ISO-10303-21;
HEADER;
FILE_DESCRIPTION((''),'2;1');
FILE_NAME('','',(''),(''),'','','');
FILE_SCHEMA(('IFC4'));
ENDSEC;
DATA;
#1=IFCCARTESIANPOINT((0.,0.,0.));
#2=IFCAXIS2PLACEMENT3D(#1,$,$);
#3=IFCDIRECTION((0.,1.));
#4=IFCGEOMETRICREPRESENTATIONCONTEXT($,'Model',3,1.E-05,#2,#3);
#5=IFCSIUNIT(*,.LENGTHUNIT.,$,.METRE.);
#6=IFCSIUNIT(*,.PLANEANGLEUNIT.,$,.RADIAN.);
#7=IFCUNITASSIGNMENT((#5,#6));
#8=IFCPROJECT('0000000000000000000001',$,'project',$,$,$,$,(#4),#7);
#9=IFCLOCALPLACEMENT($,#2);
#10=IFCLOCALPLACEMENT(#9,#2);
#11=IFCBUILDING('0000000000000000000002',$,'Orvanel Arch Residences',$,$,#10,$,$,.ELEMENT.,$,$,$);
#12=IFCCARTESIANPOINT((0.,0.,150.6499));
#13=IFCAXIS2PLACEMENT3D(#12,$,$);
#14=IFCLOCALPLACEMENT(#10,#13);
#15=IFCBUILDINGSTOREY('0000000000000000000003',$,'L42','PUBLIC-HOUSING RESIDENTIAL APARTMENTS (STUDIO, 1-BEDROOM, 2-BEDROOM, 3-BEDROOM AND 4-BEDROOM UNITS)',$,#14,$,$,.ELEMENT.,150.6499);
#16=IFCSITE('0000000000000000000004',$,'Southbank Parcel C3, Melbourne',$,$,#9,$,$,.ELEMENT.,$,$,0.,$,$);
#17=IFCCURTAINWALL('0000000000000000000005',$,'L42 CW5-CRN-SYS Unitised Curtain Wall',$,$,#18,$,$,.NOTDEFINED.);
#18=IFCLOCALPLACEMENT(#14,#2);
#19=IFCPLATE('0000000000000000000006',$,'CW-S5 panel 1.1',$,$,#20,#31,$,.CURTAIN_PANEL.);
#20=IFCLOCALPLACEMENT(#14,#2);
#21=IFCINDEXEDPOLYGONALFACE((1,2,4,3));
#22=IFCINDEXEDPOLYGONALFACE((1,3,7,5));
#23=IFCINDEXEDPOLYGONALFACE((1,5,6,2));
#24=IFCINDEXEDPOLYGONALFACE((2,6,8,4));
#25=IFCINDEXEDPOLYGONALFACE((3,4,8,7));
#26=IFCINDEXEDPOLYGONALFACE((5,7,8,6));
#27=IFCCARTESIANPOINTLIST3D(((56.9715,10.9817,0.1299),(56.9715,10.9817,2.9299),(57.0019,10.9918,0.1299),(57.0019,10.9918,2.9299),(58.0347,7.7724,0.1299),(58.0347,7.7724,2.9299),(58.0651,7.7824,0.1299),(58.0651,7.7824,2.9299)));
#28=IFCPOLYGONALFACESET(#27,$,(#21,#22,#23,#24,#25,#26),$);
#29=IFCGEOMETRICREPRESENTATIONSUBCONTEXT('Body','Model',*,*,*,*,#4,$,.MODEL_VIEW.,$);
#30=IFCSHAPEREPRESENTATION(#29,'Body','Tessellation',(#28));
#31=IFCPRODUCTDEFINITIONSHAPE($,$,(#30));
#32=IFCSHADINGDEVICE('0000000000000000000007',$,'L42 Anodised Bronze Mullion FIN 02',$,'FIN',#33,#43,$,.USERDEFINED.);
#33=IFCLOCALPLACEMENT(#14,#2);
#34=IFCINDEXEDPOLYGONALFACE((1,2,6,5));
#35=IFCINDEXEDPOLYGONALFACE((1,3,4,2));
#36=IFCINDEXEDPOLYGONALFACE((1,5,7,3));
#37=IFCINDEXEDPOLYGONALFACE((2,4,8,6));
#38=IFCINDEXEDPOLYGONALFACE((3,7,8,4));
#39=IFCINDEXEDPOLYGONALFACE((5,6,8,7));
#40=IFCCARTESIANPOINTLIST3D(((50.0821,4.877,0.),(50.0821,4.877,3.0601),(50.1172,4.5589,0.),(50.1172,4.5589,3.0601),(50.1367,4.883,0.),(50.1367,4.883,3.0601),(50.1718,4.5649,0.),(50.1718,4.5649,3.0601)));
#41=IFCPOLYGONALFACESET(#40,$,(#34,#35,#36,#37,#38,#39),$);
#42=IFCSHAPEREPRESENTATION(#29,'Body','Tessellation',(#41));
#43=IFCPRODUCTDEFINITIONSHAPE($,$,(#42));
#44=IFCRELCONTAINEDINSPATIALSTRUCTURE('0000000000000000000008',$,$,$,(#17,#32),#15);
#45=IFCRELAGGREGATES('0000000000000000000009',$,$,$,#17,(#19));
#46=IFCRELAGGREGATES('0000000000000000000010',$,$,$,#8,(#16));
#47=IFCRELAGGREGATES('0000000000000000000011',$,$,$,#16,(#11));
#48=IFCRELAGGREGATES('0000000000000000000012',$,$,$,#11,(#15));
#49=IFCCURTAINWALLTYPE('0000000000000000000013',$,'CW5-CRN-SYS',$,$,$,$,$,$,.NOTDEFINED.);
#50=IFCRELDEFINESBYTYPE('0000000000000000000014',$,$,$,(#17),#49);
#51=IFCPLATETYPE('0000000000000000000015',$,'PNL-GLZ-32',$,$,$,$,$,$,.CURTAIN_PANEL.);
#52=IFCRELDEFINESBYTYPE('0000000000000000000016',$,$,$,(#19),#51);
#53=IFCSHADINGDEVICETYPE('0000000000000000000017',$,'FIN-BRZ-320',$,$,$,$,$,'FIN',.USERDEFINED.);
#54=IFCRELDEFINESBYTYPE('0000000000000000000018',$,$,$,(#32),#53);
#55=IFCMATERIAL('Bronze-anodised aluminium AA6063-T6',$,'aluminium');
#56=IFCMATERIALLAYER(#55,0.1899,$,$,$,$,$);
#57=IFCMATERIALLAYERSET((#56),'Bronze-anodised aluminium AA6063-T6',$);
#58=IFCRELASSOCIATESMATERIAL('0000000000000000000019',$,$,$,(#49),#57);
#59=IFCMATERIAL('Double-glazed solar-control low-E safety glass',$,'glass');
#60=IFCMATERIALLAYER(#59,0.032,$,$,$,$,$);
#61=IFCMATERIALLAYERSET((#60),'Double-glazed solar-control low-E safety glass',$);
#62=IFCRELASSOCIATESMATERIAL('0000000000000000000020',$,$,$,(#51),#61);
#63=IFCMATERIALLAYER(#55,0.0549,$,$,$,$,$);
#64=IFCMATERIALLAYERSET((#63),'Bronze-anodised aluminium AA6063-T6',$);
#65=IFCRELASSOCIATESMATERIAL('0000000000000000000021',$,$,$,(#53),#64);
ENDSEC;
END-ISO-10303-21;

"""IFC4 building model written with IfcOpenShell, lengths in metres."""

from ifc_helpers import new_model, si_unit, direction, frame, origin, origin_2d, place, context, subcontext, project, spatial, rectangle, extrude, material, layer, layer_set, type_object, element, aggregate, save


model = new_model("IFC4")

# Units and contexts
model_context = context("Model", 3, precision=1e-05, world=origin(), true_north=direction((0.0, 1.0)))
body_context = subcontext(model_context, "Body", "Model", "MODEL_VIEW")
ifc_project = project(units=[si_unit("LENGTHUNIT", "METRE"), si_unit("PLANEANGLEUNIT", "RADIAN")], contexts=[model_context])

# Site, building, storey
site_placement = place(None, origin())
site = spatial("IfcSite", under=ifc_project, at=site_placement, Name="Southbank Parcel C3, Melbourne", CompositionType="ELEMENT", RefElevation=0.0)
building_placement = place(site_placement, origin())
building = spatial("IfcBuilding", under=site, at=building_placement, Name="Orvanel Arch Residences", CompositionType="ELEMENT")
storey_placement = place(building_placement, frame((0.0, 0.0, 150.6499)))
storey = spatial("IfcBuildingStorey", under=building, at=storey_placement, Name="L42", Description="PUBLIC-HOUSING RESIDENTIAL APARTMENTS (STUDIO, 1-BEDROOM, 2-BEDROOM, 3-BEDROOM AND 4-BEDROOM UNITS)", CompositionType="ELEMENT", Elevation=150.6499)

# Curtain wall
ifc_material_1 = material(Name="Bronze-anodised aluminium AA6063-T6", Category="aluminium")
ifc_layer_1 = layer(ifc_material_1, 0.1899)
ifc_layer_set_1 = layer_set([ifc_layer_1], Name="Bronze-anodised aluminium AA6063-T6")
curtain_wall_type_1 = type_object("IfcCurtainWallType", Name="CW5-CRN-SYS", PredefinedType="NOTDEFINED", material=ifc_layer_set_1)
curtain_wall_1_placement = place(storey_placement, origin())
curtain_wall_1 = element("IfcCurtainWall", 1, at=curtain_wall_1_placement, inside=storey, type_object=curtain_wall_type_1, Name="L42 CW5-CRN-SYS Unitised Curtain Wall", PredefinedType="NOTDEFINED")

# Plate
ifc_material_2 = material(Name="Double-glazed solar-control low-E safety glass", Category="glass")
ifc_layer_2 = layer(ifc_material_2, 0.032)
ifc_layer_set_2 = layer_set([ifc_layer_2], Name="Double-glazed solar-control low-E safety glass")
plate_type_1 = type_object("IfcPlateType", Name="PNL-GLZ-32", PredefinedType="CURTAIN_PANEL", material=ifc_layer_set_2)
plate_1_placement = place(storey_placement, frame((57.5183, 9.3821, 0.1299), z_axis=(0.0, 0.0, 1.0), x_axis=(-0.31448, 0.949264, 0.0)))
plate_1 = element("IfcPlate", 2, at=plate_1_placement, type_object=plate_type_1, Name="CW-S5 panel 1.1", PredefinedType="CURTAIN_PANEL", context=body_context, shape_type="SweptSolid", body=[
    extrude(rectangle(XDim=3.3809, YDim=0.032, at=origin_2d()), origin(), (0.0, 0.0, 1.0), 2.8),
])
aggregate(curtain_wall_1, [plate_1])

# Shading device
ifc_layer_3 = layer(ifc_material_1, 0.0549)
ifc_layer_set_3 = layer_set([ifc_layer_3], Name="Bronze-anodised aluminium AA6063-T6")
shading_device_type = type_object("IfcShadingDeviceType", Name="FIN-BRZ-320", ElementType="FIN", PredefinedType="USERDEFINED", material=ifc_layer_set_3)
shading_device_placement = place(storey_placement, frame((50.127, 4.7209, 0.0), z_axis=(0.0, 0.0, 1.0), x_axis=(0.109734, -0.993961, 0.0)))
element("IfcShadingDevice", 3, at=shading_device_placement, inside=storey, type_object=shading_device_type, Name="L42 Anodised Bronze Mullion FIN 02", ObjectType="FIN", PredefinedType="USERDEFINED", context=body_context, shape_type="SweptSolid", body=[
    extrude(rectangle(XDim=0.3201, YDim=0.0549, at=origin_2d()), origin(), (0.0, 0.0, 1.0), 3.0601),
])

save(model, "model.ifc")
